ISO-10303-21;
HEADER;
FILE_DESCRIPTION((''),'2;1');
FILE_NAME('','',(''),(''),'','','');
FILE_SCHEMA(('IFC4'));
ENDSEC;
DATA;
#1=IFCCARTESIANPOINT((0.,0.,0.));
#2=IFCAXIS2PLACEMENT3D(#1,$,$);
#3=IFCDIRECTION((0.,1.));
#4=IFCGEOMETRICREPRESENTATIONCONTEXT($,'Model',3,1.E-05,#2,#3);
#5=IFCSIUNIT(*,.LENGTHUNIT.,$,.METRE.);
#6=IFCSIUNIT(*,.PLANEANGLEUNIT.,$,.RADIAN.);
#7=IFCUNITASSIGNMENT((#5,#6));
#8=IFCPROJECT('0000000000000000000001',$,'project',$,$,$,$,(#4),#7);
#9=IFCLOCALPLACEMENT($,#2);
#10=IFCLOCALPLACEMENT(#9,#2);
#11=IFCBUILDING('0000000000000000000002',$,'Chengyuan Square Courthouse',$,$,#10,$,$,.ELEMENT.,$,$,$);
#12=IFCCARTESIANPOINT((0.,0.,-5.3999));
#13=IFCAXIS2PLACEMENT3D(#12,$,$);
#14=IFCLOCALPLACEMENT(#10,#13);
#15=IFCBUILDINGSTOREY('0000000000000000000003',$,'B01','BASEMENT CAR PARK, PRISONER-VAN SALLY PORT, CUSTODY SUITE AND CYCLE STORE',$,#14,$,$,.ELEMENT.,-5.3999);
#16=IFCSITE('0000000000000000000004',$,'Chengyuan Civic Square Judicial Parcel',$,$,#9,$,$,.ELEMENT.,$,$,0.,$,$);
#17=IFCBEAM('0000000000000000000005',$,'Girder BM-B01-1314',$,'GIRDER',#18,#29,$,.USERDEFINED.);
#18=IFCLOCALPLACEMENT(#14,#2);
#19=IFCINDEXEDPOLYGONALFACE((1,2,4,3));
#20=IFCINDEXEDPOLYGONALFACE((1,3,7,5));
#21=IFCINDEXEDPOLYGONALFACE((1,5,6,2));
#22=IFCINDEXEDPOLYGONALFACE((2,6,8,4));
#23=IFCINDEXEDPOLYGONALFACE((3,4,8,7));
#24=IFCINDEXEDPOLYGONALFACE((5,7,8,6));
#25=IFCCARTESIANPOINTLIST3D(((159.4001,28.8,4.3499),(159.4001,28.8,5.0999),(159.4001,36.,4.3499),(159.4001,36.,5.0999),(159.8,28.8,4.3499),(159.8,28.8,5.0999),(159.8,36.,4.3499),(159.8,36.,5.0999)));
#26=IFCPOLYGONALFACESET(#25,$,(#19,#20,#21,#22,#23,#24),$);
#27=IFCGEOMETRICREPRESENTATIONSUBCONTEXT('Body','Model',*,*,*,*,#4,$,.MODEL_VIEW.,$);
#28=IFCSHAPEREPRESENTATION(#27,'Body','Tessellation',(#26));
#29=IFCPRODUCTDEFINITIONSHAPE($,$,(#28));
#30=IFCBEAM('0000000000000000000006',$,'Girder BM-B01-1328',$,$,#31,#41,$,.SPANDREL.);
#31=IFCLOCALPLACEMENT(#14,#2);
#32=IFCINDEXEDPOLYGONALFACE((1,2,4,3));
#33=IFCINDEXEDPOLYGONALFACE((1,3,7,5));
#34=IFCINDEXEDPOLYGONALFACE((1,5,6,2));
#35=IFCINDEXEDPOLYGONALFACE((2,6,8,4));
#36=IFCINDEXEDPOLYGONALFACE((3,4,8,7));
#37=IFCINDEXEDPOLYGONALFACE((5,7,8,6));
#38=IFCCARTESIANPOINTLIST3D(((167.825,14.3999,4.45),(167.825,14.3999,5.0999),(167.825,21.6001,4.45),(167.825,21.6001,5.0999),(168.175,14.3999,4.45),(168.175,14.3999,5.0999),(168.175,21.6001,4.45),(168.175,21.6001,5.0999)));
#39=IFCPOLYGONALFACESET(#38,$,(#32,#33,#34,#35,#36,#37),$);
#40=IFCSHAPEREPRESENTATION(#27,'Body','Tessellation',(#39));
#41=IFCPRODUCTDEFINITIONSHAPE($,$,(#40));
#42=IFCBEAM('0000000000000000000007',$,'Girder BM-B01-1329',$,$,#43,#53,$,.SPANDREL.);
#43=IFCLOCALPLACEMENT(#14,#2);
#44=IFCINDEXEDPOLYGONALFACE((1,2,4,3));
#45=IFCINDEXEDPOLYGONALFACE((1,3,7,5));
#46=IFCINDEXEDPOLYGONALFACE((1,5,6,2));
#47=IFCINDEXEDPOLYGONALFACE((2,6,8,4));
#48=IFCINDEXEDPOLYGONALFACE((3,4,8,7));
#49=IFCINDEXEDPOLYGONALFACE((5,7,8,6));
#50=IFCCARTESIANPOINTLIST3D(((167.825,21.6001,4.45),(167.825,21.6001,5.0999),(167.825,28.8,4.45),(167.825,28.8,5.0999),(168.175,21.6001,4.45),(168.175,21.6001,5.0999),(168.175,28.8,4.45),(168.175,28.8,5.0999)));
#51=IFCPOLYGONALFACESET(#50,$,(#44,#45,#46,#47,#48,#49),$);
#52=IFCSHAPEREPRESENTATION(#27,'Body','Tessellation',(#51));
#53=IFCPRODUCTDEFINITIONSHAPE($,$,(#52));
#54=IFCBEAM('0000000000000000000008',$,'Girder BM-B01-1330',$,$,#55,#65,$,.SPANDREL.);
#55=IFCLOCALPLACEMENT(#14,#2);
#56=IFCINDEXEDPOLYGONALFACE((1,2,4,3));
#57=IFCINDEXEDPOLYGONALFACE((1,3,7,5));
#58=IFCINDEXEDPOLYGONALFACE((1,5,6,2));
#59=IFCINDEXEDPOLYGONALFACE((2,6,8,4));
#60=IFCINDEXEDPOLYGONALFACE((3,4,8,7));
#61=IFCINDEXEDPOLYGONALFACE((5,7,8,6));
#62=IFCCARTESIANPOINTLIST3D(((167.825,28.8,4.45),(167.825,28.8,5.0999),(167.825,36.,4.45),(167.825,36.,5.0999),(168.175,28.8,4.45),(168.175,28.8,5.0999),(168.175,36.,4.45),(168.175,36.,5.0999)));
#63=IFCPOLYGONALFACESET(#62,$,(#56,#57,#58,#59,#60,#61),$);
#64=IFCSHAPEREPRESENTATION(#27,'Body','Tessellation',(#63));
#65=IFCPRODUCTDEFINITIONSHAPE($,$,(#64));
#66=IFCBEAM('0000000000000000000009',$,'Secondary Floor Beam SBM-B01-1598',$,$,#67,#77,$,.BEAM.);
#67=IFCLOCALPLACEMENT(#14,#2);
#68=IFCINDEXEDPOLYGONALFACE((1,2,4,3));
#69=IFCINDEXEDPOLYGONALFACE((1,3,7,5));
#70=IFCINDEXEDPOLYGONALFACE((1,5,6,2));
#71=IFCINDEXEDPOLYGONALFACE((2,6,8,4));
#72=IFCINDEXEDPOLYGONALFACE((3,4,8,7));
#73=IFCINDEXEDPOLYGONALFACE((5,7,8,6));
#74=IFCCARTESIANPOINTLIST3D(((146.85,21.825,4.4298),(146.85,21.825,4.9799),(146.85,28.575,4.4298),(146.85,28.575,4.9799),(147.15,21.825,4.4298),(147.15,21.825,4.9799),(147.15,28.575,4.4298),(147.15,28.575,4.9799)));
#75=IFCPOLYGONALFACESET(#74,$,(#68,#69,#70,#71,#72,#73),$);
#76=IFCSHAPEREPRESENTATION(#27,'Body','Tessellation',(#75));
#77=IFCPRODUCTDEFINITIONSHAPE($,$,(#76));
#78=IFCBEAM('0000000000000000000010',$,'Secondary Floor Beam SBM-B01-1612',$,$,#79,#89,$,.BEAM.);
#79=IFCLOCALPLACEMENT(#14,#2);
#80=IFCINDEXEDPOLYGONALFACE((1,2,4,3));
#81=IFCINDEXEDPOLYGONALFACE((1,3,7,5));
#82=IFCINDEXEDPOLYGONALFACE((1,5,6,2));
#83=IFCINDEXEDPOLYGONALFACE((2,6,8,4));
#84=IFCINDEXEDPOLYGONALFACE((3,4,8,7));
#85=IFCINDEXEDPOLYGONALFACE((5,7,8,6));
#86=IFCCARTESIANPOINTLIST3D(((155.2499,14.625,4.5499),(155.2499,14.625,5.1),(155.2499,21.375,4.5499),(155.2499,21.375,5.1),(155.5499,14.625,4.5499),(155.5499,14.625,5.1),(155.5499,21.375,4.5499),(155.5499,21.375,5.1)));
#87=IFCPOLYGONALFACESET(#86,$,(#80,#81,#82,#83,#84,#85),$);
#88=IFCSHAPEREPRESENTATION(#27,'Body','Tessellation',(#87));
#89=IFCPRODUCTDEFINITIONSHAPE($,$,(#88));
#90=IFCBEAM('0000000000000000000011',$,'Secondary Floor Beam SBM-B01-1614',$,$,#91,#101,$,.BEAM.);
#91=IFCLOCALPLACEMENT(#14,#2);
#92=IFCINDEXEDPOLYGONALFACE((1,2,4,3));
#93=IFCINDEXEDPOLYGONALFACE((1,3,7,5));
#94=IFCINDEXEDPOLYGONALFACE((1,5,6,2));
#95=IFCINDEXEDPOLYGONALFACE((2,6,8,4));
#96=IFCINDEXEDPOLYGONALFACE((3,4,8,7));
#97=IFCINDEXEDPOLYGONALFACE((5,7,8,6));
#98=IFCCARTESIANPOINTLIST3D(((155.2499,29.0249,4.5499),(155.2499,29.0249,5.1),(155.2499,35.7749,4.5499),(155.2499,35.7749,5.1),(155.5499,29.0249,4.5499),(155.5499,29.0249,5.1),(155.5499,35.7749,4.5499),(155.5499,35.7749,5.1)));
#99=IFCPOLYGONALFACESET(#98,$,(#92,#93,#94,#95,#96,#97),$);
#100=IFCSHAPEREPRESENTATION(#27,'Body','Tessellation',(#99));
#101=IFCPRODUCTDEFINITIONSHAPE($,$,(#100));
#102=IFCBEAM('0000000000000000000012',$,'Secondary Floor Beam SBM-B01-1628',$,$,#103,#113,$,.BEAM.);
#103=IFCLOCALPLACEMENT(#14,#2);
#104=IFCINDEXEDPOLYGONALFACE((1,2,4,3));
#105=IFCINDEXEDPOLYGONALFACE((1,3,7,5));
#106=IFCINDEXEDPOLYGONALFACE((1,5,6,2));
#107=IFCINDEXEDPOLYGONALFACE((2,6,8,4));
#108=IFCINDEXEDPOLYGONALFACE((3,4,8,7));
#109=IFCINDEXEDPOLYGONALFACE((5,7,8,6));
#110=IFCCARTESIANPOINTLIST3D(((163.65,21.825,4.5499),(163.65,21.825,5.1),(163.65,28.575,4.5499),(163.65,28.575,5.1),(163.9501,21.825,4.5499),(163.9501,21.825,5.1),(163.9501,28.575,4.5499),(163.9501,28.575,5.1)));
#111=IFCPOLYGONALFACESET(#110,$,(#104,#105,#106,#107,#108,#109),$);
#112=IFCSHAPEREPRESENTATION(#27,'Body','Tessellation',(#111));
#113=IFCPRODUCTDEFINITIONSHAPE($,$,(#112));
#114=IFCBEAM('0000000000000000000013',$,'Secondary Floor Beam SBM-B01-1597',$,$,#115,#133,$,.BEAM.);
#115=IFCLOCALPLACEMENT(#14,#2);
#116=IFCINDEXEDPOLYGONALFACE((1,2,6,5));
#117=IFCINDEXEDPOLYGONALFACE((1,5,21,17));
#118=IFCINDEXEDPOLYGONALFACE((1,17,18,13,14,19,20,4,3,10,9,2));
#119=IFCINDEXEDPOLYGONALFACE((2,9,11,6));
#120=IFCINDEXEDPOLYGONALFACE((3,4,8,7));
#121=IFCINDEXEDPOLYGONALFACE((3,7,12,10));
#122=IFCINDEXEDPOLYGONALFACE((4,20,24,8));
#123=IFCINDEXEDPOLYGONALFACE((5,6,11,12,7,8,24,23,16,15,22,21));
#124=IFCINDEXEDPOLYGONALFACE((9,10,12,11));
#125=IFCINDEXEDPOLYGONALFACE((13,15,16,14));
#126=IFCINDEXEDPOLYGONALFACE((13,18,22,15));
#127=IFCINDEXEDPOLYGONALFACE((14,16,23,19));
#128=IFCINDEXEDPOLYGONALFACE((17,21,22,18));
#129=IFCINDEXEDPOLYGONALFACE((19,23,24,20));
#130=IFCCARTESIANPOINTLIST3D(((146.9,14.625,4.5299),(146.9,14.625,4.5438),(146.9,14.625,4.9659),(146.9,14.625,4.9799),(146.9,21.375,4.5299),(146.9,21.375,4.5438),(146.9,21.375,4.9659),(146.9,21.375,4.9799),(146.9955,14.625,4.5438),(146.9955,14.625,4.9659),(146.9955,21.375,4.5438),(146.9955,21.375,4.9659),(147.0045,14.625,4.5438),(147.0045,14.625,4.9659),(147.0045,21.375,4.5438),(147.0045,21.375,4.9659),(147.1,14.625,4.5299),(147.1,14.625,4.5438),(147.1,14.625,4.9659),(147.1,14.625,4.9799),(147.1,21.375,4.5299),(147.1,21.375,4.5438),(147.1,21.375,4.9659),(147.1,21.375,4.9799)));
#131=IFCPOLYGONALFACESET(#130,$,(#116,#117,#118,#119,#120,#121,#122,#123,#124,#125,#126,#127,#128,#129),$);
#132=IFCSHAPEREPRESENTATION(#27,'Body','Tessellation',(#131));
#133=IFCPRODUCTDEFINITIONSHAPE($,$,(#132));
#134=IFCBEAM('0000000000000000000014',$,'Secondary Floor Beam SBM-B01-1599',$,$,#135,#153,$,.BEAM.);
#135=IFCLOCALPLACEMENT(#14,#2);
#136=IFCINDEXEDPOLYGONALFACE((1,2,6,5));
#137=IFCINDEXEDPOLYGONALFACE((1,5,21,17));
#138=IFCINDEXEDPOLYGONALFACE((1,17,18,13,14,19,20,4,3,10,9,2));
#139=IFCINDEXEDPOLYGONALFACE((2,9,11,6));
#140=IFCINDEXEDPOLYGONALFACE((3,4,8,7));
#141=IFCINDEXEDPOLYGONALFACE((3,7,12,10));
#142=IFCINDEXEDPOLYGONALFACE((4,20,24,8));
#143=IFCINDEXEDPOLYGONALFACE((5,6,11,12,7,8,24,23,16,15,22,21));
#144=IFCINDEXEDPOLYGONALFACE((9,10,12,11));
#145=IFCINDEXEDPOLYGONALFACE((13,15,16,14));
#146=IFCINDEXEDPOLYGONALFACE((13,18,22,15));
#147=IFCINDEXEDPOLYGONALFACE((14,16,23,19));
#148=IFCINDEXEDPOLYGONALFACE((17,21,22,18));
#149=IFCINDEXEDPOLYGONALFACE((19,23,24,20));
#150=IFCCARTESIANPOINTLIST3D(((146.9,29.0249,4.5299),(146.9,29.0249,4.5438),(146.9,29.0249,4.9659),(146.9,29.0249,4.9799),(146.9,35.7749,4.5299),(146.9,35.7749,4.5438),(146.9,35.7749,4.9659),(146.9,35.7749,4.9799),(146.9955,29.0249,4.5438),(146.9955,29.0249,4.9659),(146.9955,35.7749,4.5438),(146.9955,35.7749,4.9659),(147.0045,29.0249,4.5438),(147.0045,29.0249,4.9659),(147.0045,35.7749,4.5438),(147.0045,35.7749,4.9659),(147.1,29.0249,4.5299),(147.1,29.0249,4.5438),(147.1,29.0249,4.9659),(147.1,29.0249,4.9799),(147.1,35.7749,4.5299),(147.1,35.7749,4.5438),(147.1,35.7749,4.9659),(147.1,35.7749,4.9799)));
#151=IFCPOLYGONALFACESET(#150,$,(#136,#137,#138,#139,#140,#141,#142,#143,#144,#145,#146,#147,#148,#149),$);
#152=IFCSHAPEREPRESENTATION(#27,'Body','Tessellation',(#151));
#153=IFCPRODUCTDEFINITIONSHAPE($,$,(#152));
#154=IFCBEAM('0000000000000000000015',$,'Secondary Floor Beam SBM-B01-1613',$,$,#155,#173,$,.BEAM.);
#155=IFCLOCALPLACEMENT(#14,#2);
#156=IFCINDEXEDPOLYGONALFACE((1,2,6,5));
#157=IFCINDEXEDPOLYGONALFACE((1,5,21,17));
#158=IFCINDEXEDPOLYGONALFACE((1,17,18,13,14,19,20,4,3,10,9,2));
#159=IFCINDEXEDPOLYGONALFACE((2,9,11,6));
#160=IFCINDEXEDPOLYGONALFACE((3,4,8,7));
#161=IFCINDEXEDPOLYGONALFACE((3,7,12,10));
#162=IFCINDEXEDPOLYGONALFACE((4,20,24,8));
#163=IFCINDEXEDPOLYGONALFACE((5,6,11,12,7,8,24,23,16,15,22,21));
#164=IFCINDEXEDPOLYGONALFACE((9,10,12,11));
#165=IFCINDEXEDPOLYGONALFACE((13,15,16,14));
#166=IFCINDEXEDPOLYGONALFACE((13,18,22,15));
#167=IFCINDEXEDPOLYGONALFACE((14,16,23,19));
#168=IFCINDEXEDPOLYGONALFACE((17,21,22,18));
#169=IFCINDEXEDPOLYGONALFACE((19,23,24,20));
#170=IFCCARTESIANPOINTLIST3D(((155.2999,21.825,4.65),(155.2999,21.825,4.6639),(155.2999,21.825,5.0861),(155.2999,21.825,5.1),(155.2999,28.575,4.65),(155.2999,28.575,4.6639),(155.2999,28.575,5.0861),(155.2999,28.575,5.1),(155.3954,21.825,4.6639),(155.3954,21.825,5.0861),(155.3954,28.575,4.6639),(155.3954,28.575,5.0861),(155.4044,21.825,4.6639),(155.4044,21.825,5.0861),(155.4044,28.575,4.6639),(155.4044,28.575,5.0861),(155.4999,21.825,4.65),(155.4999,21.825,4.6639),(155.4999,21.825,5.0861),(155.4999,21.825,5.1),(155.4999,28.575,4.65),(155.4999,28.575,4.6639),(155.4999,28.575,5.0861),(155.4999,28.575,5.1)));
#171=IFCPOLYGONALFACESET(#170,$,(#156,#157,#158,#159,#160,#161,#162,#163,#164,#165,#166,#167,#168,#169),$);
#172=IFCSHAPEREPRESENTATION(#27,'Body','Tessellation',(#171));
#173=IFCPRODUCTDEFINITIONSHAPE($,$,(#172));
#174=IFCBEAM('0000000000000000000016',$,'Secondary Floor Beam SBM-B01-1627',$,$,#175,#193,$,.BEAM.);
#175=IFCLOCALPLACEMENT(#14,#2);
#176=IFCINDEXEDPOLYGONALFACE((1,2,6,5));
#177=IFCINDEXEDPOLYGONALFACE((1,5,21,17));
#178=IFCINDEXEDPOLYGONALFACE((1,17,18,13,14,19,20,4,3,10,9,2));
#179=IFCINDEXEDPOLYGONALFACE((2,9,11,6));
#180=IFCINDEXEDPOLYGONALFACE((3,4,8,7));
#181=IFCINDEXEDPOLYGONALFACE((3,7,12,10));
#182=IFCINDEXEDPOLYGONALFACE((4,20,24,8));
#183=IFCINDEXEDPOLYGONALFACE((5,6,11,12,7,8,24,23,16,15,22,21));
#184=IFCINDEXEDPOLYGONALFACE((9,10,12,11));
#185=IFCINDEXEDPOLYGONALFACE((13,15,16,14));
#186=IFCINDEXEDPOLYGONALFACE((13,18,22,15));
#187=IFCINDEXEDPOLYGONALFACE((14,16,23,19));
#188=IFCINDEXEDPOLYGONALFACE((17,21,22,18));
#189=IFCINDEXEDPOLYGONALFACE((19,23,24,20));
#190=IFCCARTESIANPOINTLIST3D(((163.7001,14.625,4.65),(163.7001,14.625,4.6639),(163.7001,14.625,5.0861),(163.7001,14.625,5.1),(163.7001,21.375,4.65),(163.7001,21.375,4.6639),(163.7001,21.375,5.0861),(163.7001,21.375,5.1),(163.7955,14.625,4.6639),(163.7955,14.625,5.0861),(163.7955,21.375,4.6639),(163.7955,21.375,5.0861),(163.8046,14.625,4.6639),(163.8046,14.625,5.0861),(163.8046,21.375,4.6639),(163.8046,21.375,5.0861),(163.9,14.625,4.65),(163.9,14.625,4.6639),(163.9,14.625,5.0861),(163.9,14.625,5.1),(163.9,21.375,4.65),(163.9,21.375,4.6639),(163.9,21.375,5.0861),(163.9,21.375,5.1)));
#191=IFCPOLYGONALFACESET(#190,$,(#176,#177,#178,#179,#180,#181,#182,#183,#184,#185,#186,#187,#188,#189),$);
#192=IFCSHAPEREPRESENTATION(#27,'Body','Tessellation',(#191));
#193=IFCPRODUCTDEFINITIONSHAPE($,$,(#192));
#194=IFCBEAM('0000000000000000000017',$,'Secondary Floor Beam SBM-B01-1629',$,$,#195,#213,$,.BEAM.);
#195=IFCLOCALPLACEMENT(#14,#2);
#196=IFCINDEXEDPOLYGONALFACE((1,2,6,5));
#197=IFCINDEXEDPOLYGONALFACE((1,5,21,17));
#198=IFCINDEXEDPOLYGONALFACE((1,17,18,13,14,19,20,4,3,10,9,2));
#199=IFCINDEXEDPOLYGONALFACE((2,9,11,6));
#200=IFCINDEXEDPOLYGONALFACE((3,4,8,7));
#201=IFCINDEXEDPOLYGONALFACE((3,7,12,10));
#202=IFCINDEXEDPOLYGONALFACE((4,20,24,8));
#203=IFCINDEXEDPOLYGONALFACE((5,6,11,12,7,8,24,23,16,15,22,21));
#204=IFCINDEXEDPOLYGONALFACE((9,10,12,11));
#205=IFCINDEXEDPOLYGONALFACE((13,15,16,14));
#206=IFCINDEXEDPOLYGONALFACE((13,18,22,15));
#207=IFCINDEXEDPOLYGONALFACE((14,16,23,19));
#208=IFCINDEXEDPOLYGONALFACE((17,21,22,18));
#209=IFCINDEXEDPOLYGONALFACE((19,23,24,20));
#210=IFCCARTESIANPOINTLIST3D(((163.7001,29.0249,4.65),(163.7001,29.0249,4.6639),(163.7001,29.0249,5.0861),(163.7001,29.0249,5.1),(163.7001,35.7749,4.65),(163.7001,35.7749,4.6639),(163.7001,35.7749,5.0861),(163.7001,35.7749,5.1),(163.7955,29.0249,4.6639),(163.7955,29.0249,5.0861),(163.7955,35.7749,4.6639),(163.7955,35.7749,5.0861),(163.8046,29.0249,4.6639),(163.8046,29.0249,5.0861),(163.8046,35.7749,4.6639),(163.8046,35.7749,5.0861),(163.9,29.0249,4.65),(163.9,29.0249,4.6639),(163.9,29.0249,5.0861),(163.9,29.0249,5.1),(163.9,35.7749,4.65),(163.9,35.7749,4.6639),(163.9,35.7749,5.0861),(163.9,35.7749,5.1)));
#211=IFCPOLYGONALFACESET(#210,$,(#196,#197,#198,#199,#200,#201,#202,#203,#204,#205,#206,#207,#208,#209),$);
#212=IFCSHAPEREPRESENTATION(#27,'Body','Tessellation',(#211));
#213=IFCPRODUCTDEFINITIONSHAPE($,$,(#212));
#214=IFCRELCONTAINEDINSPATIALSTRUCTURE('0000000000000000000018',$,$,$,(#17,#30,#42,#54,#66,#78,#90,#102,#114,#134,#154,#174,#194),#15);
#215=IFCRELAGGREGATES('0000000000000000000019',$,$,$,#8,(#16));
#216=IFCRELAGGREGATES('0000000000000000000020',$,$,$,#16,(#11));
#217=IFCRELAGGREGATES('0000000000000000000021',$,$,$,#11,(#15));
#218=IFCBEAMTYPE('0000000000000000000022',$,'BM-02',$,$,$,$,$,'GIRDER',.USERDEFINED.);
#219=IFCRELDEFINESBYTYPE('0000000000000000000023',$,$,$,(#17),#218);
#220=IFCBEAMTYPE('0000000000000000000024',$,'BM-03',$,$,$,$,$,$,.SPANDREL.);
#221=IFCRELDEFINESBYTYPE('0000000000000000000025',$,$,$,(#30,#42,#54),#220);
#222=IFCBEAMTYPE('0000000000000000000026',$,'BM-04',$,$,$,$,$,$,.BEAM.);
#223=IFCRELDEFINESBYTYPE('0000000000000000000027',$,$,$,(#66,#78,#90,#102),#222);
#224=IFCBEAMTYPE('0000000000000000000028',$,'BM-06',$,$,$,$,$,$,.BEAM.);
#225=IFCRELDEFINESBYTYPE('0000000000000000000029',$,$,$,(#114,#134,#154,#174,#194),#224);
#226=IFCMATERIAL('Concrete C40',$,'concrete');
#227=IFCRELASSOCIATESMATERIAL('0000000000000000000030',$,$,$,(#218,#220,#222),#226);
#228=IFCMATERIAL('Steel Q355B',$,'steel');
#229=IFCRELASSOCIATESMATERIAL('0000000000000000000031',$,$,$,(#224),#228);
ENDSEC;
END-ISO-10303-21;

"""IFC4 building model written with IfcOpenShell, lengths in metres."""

from ifc_helpers import new_model, si_unit, direction, frame, origin, origin_2d, place, context, subcontext, project, spatial, rectangle, i_section, extrude, material, material_profile, profile_set, type_object, element, save


model = new_model("IFC4")

# Units and contexts
model_context = context("Model", 3, precision=1e-05, world=origin(), true_north=direction((0.0, 1.0)))
body_context = subcontext(model_context, "Body", "Model", "MODEL_VIEW")
ifc_project = project(units=[si_unit("LENGTHUNIT", "METRE"), si_unit("PLANEANGLEUNIT", "RADIAN")], contexts=[model_context])

# Site, building, storey
site_placement = place(None, origin())
site = spatial("IfcSite", under=ifc_project, at=site_placement, Name="Chengyuan Civic Square Judicial Parcel", CompositionType="ELEMENT", RefElevation=0.0)
building_placement = place(site_placement, origin())
building = spatial("IfcBuilding", under=site, at=building_placement, Name="Chengyuan Square Courthouse", CompositionType="ELEMENT")
storey_placement = place(building_placement, frame((0.0, 0.0, -5.3999)))
storey = spatial("IfcBuildingStorey", under=building, at=storey_placement, Name="B01", Description="BASEMENT CAR PARK, PRISONER-VAN SALLY PORT, CUSTODY SUITE AND CYCLE STORE", CompositionType="ELEMENT", Elevation=-5.3999)

# Beams
ifc_material_1 = material(Name="Concrete C40", Category="concrete")
ifc_material_profile_1 = material_profile(ifc_material_1, rectangle(XDim=0.3999, YDim=0.75, at=origin_2d()), Name="RC-BM-400x750")
ifc_profile_set_1 = profile_set([ifc_material_profile_1], Name="Concrete C40")
beam_type_1 = type_object("IfcBeamType", Name="BM-02", ElementType="GIRDER", PredefinedType="USERDEFINED", material=ifc_profile_set_1)
for number, where, z_axis, x_axis, name in (
    (1, (159.6001, 28.8, 4.7249), (0.0, 1.0, 0.0), (-1.0, 0.0, 0.0), "Girder BM-B01-1314"),
):
    element("IfcBeam", number, at=place(storey_placement, frame(where, z_axis=z_axis, x_axis=x_axis)), inside=storey, type_object=beam_type_1, Name=name, ObjectType="GIRDER", PredefinedType="USERDEFINED", context=body_context, shape_type="SweptSolid", body=[
        extrude(rectangle(XDim=0.3999, YDim=0.75, at=origin_2d()), origin(), (0.0, 0.0, 1.0), 7.2),
    ])
ifc_material_profile_2 = material_profile(ifc_material_1, rectangle(XDim=0.3501, YDim=0.6499, at=origin_2d()), Name="RC-BM-350x650")
ifc_profile_set_2 = profile_set([ifc_material_profile_2], Name="Concrete C40")
beam_type_2 = type_object("IfcBeamType", Name="BM-03", PredefinedType="SPANDREL", material=ifc_profile_set_2)
beam_1_placement = place(storey_placement, frame((168.0, 14.3999, 4.7749), z_axis=(0.0, 1.0, 0.0), x_axis=(-1.0, 0.0, 0.0)))
element("IfcBeam", 2, at=beam_1_placement, inside=storey, type_object=beam_type_2, Name="Girder BM-B01-1328", PredefinedType="SPANDREL", context=body_context, shape_type="SweptSolid", body=[
    extrude(rectangle(XDim=0.3501, YDim=0.6499, at=origin_2d()), origin(), (0.0, 0.0, 1.0), 7.2002),
])
for number, where, z_axis, x_axis, name in (
    (3, (168.0, 21.6001, 4.7749), (0.0, 1.0, 0.0), (-1.0, 0.0, 0.0), "Girder BM-B01-1329"),
    (4, (168.0, 28.8, 4.7749), (0.0, 1.0, 0.0), (-1.0, 0.0, 0.0), "Girder BM-B01-1330"),
):
    element("IfcBeam", number, at=place(storey_placement, frame(where, z_axis=z_axis, x_axis=x_axis)), inside=storey, type_object=beam_type_2, Name=name, PredefinedType="SPANDREL", context=body_context, shape_type="SweptSolid", body=[
        extrude(rectangle(XDim=0.3501, YDim=0.6499, at=origin_2d()), origin(), (0.0, 0.0, 1.0), 7.2),
    ])
ifc_material_profile_3 = material_profile(ifc_material_1, rectangle(XDim=0.3, YDim=0.55, at=origin_2d()), Name="RC-BM-300x550")
ifc_profile_set_3 = profile_set([ifc_material_profile_3], Name="Concrete C40")
beam_type_3 = type_object("IfcBeamType", Name="BM-04", PredefinedType="BEAM", material=ifc_profile_set_3)
for number, where, z_axis, x_axis, name in (
    (5, (147.0, 21.825, 4.7048), (0.0, 1.0, 0.0), (-1.0, 0.0, 0.0), "Secondary Floor Beam SBM-B01-1598"),
    (6, (155.3999, 14.625, 4.825), (0.0, 1.0, 0.0), (-1.0, 0.0, 0.0), "Secondary Floor Beam SBM-B01-1612"),
    (7, (155.3999, 29.0249, 4.825), (0.0, 1.0, 0.0), (-1.0, 0.0, 0.0), "Secondary Floor Beam SBM-B01-1614"),
    (8, (163.8, 21.825, 4.825), (0.0, 1.0, 0.0), (-1.0, 0.0, 0.0), "Secondary Floor Beam SBM-B01-1628"),
):
    element("IfcBeam", number, at=place(storey_placement, frame(where, z_axis=z_axis, x_axis=x_axis)), inside=storey, type_object=beam_type_3, Name=name, PredefinedType="BEAM", context=body_context, shape_type="SweptSolid", body=[
        extrude(rectangle(XDim=0.3, YDim=0.55, at=origin_2d()), origin(), (0.0, 0.0, 1.0), 6.75),
    ])
ifc_material_2 = material(Name="Steel Q355B", Category="steel")
ifc_material_profile_4 = material_profile(ifc_material_2, i_section(OverallWidth=0.2, OverallDepth=0.45, WebThickness=0.009, FlangeThickness=0.0139, at=origin_2d()), Name="HN 450x200x9x14")
ifc_profile_set_4 = profile_set([ifc_material_profile_4], Name="Steel Q355B")
beam_type_4 = type_object("IfcBeamType", Name="BM-06", PredefinedType="BEAM", material=ifc_profile_set_4)
for number, where, z_axis, x_axis, name in (
    (9, (147.0, 14.625, 4.7549), (0.0, 1.0, 0.0), (-1.0, 0.0, 0.0), "Secondary Floor Beam SBM-B01-1597"),
    (10, (147.0, 29.0249, 4.7549), (0.0, 1.0, 0.0), (-1.0, 0.0, 0.0), "Secondary Floor Beam SBM-B01-1599"),
    (11, (155.3999, 21.825, 4.875), (0.0, 1.0, 0.0), (-1.0, 0.0, 0.0), "Secondary Floor Beam SBM-B01-1613"),
    (12, (163.8, 14.625, 4.875), (0.0, 1.0, 0.0), (-1.0, 0.0, 0.0), "Secondary Floor Beam SBM-B01-1627"),
    (13, (163.8, 29.0249, 4.875), (0.0, 1.0, 0.0), (-1.0, 0.0, 0.0), "Secondary Floor Beam SBM-B01-1629"),
):
    element("IfcBeam", number, at=place(storey_placement, frame(where, z_axis=z_axis, x_axis=x_axis)), inside=storey, type_object=beam_type_4, Name=name, PredefinedType="BEAM", context=body_context, shape_type="SweptSolid", body=[
        extrude(i_section(OverallWidth=0.2, OverallDepth=0.45, WebThickness=0.009, FlangeThickness=0.0139, at=origin_2d()), origin(), (0.0, 0.0, 1.0), 6.75),
    ])

save(model, "model.ifc")
